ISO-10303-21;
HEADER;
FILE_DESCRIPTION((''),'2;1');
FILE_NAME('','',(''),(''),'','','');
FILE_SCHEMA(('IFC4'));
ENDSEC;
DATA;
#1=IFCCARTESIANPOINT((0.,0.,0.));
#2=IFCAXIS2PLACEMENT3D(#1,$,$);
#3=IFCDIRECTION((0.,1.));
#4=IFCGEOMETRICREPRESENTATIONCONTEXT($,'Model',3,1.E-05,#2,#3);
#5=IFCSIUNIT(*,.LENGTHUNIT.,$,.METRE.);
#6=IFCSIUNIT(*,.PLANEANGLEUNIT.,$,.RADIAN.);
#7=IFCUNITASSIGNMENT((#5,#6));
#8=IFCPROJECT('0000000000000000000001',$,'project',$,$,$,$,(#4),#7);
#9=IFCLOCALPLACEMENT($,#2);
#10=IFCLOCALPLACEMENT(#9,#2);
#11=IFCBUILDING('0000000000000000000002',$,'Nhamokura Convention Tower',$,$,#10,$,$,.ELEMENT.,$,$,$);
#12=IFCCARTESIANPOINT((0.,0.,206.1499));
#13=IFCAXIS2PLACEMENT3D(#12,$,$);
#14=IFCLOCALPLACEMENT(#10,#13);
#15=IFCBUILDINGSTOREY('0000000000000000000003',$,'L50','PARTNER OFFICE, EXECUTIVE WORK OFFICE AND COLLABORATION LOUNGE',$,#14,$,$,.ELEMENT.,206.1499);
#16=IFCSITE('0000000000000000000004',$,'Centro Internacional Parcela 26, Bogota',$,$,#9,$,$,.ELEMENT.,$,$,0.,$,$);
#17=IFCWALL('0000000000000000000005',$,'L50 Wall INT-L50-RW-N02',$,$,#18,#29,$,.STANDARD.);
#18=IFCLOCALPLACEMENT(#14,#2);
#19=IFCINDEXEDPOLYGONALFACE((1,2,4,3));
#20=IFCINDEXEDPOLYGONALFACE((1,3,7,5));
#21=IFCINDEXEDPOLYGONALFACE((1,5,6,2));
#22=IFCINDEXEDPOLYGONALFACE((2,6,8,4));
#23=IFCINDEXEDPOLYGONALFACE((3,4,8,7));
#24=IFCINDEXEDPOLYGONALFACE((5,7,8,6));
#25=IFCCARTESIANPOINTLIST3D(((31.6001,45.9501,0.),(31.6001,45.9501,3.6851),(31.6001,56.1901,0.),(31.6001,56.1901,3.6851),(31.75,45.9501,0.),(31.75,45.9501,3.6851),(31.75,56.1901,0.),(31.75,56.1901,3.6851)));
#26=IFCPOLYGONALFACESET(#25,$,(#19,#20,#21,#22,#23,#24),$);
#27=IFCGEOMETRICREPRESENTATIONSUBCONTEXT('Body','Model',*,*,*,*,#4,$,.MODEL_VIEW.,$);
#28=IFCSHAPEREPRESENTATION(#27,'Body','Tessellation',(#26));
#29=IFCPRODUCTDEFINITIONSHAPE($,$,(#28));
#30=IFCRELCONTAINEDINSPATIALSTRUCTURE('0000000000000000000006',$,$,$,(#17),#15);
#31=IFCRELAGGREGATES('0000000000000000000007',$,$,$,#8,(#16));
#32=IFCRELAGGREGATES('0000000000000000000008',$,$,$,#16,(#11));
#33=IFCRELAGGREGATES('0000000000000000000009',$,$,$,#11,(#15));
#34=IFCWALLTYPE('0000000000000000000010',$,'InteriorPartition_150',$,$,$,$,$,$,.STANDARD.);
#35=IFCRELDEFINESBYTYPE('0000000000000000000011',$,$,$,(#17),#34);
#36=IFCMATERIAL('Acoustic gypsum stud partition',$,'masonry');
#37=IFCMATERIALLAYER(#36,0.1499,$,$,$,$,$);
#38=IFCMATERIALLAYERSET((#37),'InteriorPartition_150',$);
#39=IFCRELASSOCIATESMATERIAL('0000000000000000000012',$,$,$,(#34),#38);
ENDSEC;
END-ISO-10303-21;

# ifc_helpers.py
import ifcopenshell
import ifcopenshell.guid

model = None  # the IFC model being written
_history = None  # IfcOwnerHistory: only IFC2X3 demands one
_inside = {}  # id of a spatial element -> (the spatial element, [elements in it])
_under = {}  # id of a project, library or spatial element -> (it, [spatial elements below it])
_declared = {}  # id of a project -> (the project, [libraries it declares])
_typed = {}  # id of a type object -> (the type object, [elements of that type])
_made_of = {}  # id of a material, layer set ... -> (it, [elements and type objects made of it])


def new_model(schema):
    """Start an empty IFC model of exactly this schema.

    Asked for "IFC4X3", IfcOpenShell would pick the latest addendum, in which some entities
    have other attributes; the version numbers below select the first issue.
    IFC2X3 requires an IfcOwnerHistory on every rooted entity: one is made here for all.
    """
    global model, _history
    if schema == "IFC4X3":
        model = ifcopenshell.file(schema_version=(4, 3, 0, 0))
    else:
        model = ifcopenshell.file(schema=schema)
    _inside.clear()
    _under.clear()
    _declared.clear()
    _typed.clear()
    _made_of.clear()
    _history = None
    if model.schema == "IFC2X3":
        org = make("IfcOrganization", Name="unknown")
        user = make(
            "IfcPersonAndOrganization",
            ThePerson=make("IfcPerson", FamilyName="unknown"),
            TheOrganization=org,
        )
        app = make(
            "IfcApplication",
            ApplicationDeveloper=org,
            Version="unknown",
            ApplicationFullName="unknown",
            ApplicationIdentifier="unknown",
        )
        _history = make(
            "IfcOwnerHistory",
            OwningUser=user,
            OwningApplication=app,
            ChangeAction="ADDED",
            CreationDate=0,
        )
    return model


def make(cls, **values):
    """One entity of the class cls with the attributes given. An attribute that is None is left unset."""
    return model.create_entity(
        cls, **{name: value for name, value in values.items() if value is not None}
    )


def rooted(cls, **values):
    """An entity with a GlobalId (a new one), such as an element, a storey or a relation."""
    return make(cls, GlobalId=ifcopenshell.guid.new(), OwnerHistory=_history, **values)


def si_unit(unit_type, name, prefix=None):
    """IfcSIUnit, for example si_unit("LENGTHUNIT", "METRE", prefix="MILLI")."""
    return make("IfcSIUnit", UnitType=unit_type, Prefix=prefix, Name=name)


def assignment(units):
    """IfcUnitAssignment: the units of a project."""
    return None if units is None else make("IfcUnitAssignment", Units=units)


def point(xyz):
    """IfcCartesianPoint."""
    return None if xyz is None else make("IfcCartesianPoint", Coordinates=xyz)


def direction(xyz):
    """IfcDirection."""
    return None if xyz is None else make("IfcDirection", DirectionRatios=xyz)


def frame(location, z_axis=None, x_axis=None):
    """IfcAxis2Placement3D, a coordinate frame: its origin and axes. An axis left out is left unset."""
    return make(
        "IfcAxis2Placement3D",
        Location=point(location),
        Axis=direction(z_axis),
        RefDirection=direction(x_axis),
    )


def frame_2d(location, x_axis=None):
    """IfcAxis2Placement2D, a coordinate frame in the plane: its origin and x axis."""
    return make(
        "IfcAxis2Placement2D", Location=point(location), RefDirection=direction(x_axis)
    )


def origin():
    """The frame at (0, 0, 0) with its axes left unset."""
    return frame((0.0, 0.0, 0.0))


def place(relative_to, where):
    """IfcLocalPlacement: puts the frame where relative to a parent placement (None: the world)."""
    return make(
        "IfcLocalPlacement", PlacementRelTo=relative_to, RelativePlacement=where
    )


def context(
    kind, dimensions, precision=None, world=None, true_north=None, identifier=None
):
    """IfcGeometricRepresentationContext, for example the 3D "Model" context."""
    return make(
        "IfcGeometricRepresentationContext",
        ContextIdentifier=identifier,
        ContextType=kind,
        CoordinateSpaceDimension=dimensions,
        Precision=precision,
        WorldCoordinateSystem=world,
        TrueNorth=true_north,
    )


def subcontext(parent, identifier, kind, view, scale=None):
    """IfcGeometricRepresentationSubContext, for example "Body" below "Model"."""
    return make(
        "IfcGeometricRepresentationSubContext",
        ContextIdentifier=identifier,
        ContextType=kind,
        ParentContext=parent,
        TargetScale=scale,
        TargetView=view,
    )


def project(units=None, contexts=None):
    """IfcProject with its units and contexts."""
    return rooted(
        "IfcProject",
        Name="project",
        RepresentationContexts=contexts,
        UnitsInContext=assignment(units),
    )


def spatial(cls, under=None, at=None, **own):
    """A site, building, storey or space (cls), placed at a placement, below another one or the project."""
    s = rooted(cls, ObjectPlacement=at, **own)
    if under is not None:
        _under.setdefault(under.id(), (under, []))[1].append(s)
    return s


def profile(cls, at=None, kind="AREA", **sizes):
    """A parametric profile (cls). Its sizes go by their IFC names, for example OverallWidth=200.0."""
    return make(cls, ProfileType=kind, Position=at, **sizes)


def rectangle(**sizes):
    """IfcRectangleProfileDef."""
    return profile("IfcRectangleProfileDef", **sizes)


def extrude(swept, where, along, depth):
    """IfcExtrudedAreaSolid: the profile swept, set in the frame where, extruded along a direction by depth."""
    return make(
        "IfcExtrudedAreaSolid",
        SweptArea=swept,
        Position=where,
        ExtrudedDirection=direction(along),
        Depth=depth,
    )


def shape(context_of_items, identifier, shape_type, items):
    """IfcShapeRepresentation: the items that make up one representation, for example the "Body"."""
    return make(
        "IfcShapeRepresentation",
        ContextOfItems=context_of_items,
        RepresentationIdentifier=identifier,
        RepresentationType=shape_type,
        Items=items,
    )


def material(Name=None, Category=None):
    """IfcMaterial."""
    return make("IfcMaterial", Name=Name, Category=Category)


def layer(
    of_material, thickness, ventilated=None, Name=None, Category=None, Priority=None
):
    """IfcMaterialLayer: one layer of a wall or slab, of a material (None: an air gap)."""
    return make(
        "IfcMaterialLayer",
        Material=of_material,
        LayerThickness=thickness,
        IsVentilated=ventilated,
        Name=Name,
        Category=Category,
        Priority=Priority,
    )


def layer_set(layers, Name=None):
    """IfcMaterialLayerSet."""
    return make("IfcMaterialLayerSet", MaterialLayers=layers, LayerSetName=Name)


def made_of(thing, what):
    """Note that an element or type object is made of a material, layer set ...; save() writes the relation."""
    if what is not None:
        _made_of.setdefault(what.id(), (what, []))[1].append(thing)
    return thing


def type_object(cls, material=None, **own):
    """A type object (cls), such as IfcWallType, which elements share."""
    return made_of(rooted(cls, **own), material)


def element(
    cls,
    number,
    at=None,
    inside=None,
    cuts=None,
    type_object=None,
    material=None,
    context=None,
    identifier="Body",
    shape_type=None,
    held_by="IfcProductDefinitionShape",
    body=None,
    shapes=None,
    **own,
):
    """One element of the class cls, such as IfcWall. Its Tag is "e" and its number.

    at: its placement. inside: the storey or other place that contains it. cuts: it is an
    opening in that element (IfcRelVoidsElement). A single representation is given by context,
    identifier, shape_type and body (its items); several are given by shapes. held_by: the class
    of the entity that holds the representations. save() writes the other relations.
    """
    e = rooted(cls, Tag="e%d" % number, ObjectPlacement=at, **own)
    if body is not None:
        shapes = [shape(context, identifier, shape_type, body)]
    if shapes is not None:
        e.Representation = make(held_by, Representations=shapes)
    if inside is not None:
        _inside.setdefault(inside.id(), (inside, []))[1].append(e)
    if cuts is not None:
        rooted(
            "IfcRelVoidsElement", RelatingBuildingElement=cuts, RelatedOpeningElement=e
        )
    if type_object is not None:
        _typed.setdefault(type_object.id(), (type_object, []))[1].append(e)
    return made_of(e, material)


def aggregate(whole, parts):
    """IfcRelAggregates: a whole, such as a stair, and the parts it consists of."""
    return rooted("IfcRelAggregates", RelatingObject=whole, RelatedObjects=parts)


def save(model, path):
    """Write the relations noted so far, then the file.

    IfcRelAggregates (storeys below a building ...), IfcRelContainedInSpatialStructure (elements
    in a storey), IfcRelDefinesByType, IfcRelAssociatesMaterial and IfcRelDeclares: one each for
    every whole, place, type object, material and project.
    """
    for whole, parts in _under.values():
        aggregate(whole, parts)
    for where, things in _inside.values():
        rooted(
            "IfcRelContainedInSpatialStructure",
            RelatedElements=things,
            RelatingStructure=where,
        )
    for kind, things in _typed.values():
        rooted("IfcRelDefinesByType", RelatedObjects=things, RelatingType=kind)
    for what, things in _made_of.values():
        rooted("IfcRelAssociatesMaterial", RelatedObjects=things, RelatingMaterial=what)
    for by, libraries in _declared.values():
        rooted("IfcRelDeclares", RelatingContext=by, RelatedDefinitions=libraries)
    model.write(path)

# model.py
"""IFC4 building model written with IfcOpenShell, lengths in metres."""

from ifc_helpers import new_model, si_unit, direction, frame, frame_2d, origin, place, context, subcontext, project, spatial, rectangle, extrude, material, layer, layer_set, type_object, element, save


model = new_model("IFC4")

# Units and contexts
model_context = context("Model", 3, precision=1e-05, world=origin(), true_north=direction((0.0, 1.0)))
body_context = subcontext(model_context, "Body", "Model", "MODEL_VIEW")
ifc_project = project(units=[si_unit("LENGTHUNIT", "METRE"), si_unit("PLANEANGLEUNIT", "RADIAN")], contexts=[model_context])

# Site, building, storey
site_placement = place(None, origin())
site = spatial("IfcSite", under=ifc_project, at=site_placement, Name="Centro Internacional Parcela 26, Bogota", CompositionType="ELEMENT", RefElevation=0.0)
building_placement = place(site_placement, origin())
building = spatial("IfcBuilding", under=site, at=building_placement, Name="Nhamokura Convention Tower", CompositionType="ELEMENT")
storey_placement = place(building_placement, frame((0.0, 0.0, 206.1499)))
storey = spatial("IfcBuildingStorey", under=building, at=storey_placement, Name="L50", Description="PARTNER OFFICE, EXECUTIVE WORK OFFICE AND COLLABORATION LOUNGE", CompositionType="ELEMENT", Elevation=206.1499)

# Wall
ifc_material_1 = material(Name="Acoustic gypsum stud partition", Category="masonry")
ifc_layer_1 = layer(ifc_material_1, 0.1499)
ifc_layer_set_1 = layer_set([ifc_layer_1], Name="InteriorPartition_150")
wall_type_1 = type_object("IfcWallType", Name="InteriorPartition_150", PredefinedType="STANDARD", material=ifc_layer_set_1)
for number, where, z_axis, x_axis, name in (
    (1, (31.675, 45.95, 0.0), (0.0, 0.0, 1.0), (0.0, 1.0, 0.0), "L50 Wall INT-L50-RW-N02"),
):
    element("IfcWall", number, at=place(storey_placement, frame(where, z_axis=z_axis, x_axis=x_axis)), inside=storey, type_object=wall_type_1, Name=name, PredefinedType="STANDARD", context=body_context, shape_type="SweptSolid", body=[
        extrude(rectangle(XDim=10.24, YDim=0.1499, at=frame_2d((5.1201, 0.0))), origin(), (0.0, 0.0, 1.0), 3.6851),
    ])

save(model, "model.ifc")
